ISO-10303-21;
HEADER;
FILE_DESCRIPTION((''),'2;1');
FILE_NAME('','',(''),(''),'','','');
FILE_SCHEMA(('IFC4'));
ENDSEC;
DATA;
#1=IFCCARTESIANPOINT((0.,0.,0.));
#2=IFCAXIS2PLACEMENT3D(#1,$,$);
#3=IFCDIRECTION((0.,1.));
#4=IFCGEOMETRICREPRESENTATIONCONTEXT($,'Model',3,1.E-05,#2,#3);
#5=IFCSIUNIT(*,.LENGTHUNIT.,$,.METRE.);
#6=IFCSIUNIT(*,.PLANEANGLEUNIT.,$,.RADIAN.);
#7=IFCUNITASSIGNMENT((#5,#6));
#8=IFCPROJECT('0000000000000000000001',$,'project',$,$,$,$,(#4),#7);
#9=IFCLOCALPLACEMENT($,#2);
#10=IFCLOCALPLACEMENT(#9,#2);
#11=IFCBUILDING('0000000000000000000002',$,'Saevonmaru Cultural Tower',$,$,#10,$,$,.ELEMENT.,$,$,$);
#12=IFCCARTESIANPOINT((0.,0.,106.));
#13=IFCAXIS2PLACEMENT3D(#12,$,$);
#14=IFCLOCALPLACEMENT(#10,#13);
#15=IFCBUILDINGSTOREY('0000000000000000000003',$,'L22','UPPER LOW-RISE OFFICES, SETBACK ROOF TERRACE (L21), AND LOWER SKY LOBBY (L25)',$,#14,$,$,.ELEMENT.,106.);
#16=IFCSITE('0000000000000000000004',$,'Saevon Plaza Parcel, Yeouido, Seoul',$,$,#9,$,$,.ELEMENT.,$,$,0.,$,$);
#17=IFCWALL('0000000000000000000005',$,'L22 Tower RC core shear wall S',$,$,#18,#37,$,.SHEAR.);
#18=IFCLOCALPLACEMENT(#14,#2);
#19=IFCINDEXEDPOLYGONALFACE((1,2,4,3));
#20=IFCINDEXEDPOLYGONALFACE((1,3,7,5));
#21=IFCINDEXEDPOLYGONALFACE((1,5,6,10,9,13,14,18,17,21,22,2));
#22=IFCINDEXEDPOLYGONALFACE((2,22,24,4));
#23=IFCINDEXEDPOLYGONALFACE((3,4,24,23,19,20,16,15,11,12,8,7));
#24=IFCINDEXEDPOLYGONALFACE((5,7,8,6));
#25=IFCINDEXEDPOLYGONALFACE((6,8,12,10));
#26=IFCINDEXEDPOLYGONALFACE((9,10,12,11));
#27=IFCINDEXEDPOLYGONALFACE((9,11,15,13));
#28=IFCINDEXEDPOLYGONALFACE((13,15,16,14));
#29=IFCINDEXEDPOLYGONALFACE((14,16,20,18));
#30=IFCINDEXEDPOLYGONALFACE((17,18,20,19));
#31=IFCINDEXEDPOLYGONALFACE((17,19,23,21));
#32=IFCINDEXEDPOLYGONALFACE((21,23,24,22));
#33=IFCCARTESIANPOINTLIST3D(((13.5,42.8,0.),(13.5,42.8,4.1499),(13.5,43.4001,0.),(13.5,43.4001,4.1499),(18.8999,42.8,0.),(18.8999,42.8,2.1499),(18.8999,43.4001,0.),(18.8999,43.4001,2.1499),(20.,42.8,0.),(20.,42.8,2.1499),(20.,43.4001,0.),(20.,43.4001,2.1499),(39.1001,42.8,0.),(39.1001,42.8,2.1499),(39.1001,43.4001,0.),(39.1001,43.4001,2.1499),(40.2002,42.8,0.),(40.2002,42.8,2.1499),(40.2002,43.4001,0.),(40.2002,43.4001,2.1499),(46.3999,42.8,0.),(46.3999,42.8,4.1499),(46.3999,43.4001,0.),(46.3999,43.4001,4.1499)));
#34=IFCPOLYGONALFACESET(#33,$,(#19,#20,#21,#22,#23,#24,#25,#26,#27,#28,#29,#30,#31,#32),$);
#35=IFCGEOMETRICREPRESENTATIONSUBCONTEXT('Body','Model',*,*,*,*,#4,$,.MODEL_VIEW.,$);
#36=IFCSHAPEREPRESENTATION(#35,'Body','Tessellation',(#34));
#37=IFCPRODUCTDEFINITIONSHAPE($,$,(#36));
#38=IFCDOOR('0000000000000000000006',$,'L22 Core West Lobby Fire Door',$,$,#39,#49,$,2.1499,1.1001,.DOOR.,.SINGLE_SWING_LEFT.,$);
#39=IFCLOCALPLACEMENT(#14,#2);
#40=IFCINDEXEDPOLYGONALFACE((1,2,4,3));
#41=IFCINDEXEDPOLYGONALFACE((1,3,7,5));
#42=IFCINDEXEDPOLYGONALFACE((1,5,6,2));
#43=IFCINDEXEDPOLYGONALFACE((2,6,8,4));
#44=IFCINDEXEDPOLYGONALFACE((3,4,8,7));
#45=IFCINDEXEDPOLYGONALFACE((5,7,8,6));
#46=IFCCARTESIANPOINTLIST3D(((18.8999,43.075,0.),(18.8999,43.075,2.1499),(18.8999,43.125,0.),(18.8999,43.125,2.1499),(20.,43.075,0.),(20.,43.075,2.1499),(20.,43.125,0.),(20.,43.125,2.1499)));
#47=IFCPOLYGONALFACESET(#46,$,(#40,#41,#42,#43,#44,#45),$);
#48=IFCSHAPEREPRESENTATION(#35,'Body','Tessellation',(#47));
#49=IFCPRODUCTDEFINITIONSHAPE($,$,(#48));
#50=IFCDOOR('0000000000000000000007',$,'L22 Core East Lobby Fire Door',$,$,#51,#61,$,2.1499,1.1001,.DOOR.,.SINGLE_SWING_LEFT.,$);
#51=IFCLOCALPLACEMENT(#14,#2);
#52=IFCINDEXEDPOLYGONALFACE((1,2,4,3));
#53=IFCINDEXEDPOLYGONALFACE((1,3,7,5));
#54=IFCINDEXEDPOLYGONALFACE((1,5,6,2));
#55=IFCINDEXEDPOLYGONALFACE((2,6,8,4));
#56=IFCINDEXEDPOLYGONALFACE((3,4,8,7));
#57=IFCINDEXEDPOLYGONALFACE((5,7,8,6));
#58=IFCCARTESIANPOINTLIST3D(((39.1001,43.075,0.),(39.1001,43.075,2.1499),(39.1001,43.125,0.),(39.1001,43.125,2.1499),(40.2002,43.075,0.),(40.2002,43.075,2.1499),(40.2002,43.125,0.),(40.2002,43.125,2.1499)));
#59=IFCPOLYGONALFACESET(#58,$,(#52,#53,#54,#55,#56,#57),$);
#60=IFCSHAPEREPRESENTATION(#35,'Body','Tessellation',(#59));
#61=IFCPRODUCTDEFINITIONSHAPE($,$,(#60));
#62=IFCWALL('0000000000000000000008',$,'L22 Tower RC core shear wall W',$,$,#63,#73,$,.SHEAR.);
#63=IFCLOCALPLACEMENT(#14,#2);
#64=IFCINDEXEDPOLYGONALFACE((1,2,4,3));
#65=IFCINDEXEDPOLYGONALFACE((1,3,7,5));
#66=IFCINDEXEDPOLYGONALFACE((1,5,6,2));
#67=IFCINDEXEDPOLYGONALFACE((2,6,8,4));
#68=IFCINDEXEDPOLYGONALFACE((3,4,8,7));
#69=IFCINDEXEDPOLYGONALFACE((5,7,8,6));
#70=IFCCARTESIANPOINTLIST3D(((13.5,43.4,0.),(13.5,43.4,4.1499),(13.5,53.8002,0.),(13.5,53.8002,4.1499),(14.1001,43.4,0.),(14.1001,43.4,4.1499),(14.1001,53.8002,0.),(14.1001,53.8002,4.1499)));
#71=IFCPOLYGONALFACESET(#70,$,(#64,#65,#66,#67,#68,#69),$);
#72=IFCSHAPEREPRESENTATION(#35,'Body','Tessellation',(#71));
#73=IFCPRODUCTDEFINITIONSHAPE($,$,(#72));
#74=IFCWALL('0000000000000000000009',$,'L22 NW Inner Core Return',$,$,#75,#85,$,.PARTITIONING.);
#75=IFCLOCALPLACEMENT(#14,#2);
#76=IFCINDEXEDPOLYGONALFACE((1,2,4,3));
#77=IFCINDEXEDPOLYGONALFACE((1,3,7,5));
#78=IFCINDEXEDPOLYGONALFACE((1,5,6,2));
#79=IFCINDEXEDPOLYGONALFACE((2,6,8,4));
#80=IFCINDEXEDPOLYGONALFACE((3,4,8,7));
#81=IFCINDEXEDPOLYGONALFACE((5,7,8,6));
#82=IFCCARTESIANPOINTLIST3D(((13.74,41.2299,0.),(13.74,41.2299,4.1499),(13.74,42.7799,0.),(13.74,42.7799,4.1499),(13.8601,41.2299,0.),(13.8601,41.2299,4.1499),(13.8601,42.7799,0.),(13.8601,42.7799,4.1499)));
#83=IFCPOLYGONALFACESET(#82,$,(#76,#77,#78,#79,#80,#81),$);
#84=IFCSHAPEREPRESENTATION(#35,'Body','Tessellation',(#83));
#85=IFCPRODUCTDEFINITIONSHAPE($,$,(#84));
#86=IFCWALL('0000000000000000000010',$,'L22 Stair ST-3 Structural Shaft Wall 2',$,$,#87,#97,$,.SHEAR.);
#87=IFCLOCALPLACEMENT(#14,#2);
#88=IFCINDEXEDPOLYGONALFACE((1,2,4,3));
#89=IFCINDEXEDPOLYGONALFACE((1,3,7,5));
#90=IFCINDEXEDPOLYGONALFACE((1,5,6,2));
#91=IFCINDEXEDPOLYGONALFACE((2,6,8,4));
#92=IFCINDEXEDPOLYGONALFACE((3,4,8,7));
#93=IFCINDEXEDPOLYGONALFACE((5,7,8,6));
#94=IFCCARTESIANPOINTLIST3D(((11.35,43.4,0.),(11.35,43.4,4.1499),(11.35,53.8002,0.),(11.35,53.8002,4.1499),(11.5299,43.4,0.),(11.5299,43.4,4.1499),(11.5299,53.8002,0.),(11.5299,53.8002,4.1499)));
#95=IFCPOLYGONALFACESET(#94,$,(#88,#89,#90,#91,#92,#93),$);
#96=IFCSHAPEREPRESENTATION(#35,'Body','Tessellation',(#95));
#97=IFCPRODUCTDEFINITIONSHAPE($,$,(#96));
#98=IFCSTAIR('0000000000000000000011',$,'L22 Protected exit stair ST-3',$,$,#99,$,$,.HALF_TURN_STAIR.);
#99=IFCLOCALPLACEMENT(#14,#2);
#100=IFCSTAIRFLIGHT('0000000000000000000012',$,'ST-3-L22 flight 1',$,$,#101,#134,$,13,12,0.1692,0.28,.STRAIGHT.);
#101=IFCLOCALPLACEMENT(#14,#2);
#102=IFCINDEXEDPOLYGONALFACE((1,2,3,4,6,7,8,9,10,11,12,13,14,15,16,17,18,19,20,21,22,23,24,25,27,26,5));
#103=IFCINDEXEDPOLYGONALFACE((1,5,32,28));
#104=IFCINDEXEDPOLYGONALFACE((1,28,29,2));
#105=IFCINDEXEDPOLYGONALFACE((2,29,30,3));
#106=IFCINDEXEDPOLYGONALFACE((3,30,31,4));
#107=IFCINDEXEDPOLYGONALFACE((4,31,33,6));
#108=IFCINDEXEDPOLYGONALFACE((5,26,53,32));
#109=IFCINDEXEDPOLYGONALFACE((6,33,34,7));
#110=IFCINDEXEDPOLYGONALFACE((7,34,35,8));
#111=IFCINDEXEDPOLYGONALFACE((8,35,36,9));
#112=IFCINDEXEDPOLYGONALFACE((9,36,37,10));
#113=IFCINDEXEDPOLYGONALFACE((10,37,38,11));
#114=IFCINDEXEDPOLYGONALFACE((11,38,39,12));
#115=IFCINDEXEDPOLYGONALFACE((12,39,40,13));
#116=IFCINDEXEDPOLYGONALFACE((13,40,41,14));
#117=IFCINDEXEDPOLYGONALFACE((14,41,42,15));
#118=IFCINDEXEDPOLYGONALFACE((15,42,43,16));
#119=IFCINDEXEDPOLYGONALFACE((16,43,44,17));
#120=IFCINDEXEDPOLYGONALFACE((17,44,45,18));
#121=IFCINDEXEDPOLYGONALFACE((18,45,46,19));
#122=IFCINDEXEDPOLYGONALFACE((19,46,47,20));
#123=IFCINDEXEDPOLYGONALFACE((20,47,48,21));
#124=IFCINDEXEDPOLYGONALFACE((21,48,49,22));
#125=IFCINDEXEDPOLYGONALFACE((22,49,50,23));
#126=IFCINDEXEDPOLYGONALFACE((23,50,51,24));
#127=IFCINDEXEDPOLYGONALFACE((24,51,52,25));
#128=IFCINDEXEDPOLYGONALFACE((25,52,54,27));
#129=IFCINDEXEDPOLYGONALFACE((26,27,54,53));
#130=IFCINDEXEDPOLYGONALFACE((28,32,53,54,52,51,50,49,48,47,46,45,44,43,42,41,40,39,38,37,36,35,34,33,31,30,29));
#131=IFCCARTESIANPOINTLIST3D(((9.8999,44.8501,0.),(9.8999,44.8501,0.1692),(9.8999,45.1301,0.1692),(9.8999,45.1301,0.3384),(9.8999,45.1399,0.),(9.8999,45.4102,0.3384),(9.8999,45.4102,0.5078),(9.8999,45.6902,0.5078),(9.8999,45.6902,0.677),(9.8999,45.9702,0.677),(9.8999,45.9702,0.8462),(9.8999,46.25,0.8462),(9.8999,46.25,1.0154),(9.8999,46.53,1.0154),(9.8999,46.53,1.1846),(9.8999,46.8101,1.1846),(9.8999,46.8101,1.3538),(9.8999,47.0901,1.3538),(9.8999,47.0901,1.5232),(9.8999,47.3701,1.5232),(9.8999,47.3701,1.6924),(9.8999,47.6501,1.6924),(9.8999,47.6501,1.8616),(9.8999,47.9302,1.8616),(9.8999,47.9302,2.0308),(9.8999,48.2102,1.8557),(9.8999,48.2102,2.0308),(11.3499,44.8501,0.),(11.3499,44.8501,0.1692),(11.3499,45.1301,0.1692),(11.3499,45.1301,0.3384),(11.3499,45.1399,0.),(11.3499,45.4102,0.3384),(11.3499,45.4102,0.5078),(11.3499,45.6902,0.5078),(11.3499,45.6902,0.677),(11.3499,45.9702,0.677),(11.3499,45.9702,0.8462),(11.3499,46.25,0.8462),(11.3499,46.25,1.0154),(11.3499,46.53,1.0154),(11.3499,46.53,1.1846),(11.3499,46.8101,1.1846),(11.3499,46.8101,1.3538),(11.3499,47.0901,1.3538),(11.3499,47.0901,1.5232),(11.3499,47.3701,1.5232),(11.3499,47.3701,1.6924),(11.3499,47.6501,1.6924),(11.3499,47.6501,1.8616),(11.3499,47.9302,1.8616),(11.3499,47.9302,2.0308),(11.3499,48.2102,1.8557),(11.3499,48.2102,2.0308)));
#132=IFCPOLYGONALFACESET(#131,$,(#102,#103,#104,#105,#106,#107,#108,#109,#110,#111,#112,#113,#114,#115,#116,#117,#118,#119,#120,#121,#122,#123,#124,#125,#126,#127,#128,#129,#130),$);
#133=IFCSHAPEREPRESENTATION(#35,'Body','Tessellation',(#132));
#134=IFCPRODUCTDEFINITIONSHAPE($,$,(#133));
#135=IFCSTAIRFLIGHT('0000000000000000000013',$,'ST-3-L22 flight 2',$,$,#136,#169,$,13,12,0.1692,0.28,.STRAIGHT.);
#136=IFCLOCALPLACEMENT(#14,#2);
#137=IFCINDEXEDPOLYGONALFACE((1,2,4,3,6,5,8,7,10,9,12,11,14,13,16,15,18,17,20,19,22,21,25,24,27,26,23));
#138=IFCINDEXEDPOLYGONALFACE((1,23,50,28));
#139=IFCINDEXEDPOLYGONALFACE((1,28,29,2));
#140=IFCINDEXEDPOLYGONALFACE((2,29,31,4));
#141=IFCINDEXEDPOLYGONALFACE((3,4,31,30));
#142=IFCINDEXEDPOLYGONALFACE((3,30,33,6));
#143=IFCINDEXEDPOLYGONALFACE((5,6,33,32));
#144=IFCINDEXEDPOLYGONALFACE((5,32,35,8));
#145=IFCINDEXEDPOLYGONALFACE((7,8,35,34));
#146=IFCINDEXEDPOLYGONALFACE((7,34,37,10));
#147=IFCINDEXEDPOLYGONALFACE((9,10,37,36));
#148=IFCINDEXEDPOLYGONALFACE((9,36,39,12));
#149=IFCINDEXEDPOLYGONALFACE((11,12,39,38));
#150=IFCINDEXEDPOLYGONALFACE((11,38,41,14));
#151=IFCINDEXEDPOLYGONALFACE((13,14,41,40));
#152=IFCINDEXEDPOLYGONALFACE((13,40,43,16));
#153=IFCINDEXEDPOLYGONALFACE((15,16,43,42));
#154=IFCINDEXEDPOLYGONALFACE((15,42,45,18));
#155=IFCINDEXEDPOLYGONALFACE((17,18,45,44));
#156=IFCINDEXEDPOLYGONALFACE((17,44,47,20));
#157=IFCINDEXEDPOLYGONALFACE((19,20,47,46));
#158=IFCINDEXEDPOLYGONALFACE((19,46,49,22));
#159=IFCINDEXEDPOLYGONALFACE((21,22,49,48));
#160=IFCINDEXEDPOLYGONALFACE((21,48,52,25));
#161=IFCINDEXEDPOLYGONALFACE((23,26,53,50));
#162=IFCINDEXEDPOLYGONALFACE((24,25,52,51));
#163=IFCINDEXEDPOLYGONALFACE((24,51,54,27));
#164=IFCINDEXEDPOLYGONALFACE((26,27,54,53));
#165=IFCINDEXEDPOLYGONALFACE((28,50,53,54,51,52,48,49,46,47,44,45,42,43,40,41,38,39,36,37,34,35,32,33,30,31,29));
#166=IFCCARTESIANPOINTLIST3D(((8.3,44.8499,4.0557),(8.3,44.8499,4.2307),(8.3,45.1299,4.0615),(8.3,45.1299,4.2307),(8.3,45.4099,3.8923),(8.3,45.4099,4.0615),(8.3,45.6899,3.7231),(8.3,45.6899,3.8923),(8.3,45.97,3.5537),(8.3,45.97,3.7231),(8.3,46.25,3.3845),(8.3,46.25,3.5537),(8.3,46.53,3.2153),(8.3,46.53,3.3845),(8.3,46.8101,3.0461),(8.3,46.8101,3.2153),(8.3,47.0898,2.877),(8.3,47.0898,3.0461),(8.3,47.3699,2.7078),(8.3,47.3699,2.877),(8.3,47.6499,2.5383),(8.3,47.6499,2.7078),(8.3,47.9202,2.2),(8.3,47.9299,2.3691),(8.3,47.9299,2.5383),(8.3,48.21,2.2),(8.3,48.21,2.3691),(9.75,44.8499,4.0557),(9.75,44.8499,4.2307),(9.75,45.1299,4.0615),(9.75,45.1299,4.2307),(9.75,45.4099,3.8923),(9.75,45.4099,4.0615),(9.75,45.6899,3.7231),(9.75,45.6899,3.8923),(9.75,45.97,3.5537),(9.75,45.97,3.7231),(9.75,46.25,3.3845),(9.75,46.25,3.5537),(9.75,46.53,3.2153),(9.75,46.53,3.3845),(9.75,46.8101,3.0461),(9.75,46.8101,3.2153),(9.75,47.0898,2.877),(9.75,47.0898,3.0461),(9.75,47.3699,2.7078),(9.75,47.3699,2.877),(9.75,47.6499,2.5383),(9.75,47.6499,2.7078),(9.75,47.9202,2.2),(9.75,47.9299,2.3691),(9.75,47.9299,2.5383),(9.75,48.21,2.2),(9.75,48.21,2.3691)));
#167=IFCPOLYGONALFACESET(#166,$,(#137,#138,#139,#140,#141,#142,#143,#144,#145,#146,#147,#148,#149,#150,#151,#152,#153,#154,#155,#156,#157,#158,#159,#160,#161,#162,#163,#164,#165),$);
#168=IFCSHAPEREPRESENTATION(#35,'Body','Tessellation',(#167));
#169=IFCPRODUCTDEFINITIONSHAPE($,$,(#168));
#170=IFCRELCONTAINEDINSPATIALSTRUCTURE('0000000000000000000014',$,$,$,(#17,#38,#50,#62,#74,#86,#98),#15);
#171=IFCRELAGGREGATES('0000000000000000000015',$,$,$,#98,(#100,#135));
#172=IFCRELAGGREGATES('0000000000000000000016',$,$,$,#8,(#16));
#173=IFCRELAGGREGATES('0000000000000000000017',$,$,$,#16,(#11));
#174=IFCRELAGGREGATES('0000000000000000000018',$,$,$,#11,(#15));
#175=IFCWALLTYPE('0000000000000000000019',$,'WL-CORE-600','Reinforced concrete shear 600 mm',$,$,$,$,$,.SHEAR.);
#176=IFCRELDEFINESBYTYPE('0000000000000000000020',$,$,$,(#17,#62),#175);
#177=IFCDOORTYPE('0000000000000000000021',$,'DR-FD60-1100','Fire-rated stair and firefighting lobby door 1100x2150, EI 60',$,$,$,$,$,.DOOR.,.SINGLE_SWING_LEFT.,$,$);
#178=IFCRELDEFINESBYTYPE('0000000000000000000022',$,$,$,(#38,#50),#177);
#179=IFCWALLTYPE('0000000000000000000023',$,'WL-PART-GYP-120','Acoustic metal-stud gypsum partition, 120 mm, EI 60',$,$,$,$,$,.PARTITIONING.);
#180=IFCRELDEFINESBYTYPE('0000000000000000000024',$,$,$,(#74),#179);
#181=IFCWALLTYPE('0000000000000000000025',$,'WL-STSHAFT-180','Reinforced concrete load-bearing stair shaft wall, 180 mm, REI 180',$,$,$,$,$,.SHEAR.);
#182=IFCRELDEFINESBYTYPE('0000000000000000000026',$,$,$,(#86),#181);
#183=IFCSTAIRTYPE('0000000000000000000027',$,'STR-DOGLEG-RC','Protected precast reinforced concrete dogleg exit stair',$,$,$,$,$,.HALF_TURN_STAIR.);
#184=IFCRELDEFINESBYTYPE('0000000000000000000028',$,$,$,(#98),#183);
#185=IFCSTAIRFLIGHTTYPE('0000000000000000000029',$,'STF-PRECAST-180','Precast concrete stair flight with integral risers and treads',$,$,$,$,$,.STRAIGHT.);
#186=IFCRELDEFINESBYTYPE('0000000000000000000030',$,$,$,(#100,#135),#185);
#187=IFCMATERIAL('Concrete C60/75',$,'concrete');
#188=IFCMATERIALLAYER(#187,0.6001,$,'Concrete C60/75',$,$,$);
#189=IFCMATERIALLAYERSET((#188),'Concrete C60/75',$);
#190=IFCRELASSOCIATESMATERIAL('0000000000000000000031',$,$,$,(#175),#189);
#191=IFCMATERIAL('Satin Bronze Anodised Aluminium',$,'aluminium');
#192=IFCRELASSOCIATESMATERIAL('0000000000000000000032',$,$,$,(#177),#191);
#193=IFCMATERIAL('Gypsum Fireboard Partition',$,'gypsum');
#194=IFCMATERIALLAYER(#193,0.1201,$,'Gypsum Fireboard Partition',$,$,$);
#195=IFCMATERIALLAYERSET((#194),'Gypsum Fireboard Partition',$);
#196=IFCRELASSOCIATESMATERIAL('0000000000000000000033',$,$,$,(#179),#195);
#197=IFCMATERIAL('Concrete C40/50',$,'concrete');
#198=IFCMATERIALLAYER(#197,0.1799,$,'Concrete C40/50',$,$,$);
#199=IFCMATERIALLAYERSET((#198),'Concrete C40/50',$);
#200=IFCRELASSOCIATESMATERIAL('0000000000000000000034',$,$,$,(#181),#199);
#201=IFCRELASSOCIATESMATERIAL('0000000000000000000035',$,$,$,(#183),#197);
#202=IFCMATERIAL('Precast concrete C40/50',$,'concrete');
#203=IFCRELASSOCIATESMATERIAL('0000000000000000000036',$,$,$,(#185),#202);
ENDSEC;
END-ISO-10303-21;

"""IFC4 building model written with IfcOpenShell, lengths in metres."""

from ifc_helpers import new_model, si_unit, direction, frame, frame_2d, origin, place, context, subcontext, project, spatial, polyline, rectangle, outline, extrude, material, layer, layer_set, type_object, element, fill, aggregate, save


model = new_model("IFC4")

# Units and contexts
model_context = context("Model", 3, precision=1e-05, world=origin(), true_north=direction((0.0, 1.0)))
body_context = subcontext(model_context, "Body", "Model", "MODEL_VIEW")
ifc_project = project(units=[si_unit("LENGTHUNIT", "METRE"), si_unit("PLANEANGLEUNIT", "RADIAN")], contexts=[model_context])

# Site, building, storey
site_placement = place(None, origin())
site = spatial("IfcSite", under=ifc_project, at=site_placement, Name="Saevon Plaza Parcel, Yeouido, Seoul", CompositionType="ELEMENT", RefElevation=0.0)
building_placement = place(site_placement, origin())
building = spatial("IfcBuilding", under=site, at=building_placement, Name="Saevonmaru Cultural Tower", CompositionType="ELEMENT")
storey_placement = place(building_placement, frame((0.0, 0.0, 106.0)))
storey = spatial("IfcBuildingStorey", under=building, at=storey_placement, Name="L22", Description="UPPER LOW-RISE OFFICES, SETBACK ROOF TERRACE (L21), AND LOWER SKY LOBBY (L25)", CompositionType="ELEMENT", Elevation=106.0)

# Shared definitions
ifc_material_1 = material(Name="Satin Bronze Anodised Aluminium", Category="aluminium")

# Wall, openings, doors
ifc_material_2 = material(Name="Concrete C60/75", Category="concrete")
ifc_layer_1 = layer(ifc_material_2, 0.6001, Name="Concrete C60/75")
ifc_layer_set_1 = layer_set([ifc_layer_1], Name="Concrete C60/75")
wall_type_1 = type_object("IfcWallType", Name="WL-CORE-600", Description="Reinforced concrete shear 600 mm", PredefinedType="SHEAR", material=ifc_layer_set_1)
wall_1_placement = place(storey_placement, frame((13.5, 43.1001, 0.0), z_axis=(0.0, 0.0, 1.0), x_axis=(1.0, 0.0, 0.0)))
wall_1 = element("IfcWall", 1, at=wall_1_placement, inside=storey, type_object=wall_type_1, Name="L22 Tower RC core shear wall S", PredefinedType="SHEAR", context=body_context, shape_type="SweptSolid", body=[
    extrude(rectangle(XDim=32.8999, YDim=0.6001, at=frame_2d((16.45, 0.0))), origin(), (0.0, 0.0, 1.0), 4.1499),
])
opening_1_placement = place(wall_1_placement, frame((5.3999, 0.0, 0.0)))
opening_1 = element("IfcOpeningElement", 2, at=opening_1_placement, cuts=wall_1, PredefinedType="OPENING", context=body_context, shape_type="SweptSolid", body=[
    extrude(rectangle(XDim=1.1001, YDim=2.1499, at=frame_2d((0.55, 1.075))), frame((0.0, 0.3101, 0.0), z_axis=(0.0, -1.0, 0.0), x_axis=(1.0, 0.0, 0.0)), (0.0, 0.0, 1.0), 0.6201),
])
opening_2_placement = place(wall_1_placement, frame((25.6001, 0.0, 0.0)))
opening_2 = element("IfcOpeningElement", 3, at=opening_2_placement, cuts=wall_1, PredefinedType="OPENING", context=body_context, shape_type="SweptSolid", body=[
    extrude(rectangle(XDim=1.1001, YDim=2.1499, at=frame_2d((0.55, 1.075))), frame((0.0, 0.3101, 0.0), z_axis=(0.0, -1.0, 0.0), x_axis=(1.0, 0.0, 0.0)), (0.0, 0.0, 1.0), 0.6201),
])
door_type = type_object("IfcDoorType", Name="DR-FD60-1100", Description="Fire-rated stair and firefighting lobby door 1100x2150, EI 60", OperationType="SINGLE_SWING_LEFT", PredefinedType="DOOR", material=ifc_material_1)
door_1_placement = place(opening_1_placement, origin())
door_1 = element("IfcDoor", 4, at=door_1_placement, inside=storey, type_object=door_type, Name="L22 Core West Lobby Fire Door", OperationType="SINGLE_SWING_LEFT", OverallHeight=2.1499, OverallWidth=1.1001, PredefinedType="DOOR", context=body_context, shape_type="SweptSolid", body=[
    extrude(rectangle(XDim=1.1001, YDim=2.1499, at=frame_2d((0.55, 1.075))), frame((0.0, 0.0249, 0.0), z_axis=(0.0, -1.0, 0.0), x_axis=(1.0, 0.0, 0.0)), (0.0, 0.0, 1.0), 0.05),
])
fill(opening_1, door_1)
door_2_placement = place(opening_2_placement, origin())
door_2 = element("IfcDoor", 5, at=door_2_placement, inside=storey, type_object=door_type, Name="L22 Core East Lobby Fire Door", OperationType="SINGLE_SWING_LEFT", OverallHeight=2.1499, OverallWidth=1.1001, PredefinedType="DOOR", context=body_context, shape_type="SweptSolid", body=[
    extrude(rectangle(XDim=1.1001, YDim=2.1499, at=frame_2d((0.55, 1.075))), frame((0.0, 0.0249, 0.0), z_axis=(0.0, -1.0, 0.0), x_axis=(1.0, 0.0, 0.0)), (0.0, 0.0, 1.0), 0.05),
])
fill(opening_2, door_2)

# Walls
wall_2_placement = place(storey_placement, frame((13.8, 43.3999, 0.0), z_axis=(0.0, 0.0, 1.0), x_axis=(0.0, 1.0, 0.0)))
element("IfcWall", 6, at=wall_2_placement, inside=storey, type_object=wall_type_1, Name="L22 Tower RC core shear wall W", PredefinedType="SHEAR", context=body_context, shape_type="SweptSolid", body=[
    extrude(rectangle(XDim=10.4001, YDim=0.6001, at=frame_2d((5.2002, 0.0))), origin(), (0.0, 0.0, 1.0), 4.1499),
])
ifc_material_3 = material(Name="Gypsum Fireboard Partition", Category="gypsum")
ifc_layer_2 = layer(ifc_material_3, 0.1201, Name="Gypsum Fireboard Partition")
ifc_layer_set_2 = layer_set([ifc_layer_2], Name="Gypsum Fireboard Partition")
wall_type_2 = type_object("IfcWallType", Name="WL-PART-GYP-120", Description="Acoustic metal-stud gypsum partition, 120 mm, EI 60", PredefinedType="PARTITIONING", material=ifc_layer_set_2)
wall_3_placement = place(storey_placement, frame((13.8, 41.23, 0.0), z_axis=(0.0, 0.0, 1.0), x_axis=(0.0, 1.0, 0.0)))
element("IfcWall", 7, at=wall_3_placement, inside=storey, type_object=wall_type_2, Name="L22 NW Inner Core Return", PredefinedType="PARTITIONING", context=body_context, shape_type="SweptSolid", body=[
    extrude(rectangle(XDim=1.55, YDim=0.1201, at=frame_2d((0.7749, 0.0))), origin(), (0.0, 0.0, 1.0), 4.1499),
])

# Shared definitions
ifc_material_4 = material(Name="Concrete C40/50", Category="concrete")
ifc_layer_3 = layer(ifc_material_4, 0.1799, Name="Concrete C40/50")
ifc_layer_set_3 = layer_set([ifc_layer_3], Name="Concrete C40/50")
wall_type_3 = type_object("IfcWallType", Name="WL-STSHAFT-180", Description="Reinforced concrete load-bearing stair shaft wall, 180 mm, REI 180", PredefinedType="SHEAR", material=ifc_layer_set_3)

# Wall
wall_4_placement = place(storey_placement, frame((11.4399, 43.3999, 0.0), z_axis=(0.0, 0.0, 1.0), x_axis=(0.0, 1.0, 0.0)))
element("IfcWall", 8, at=wall_4_placement, inside=storey, type_object=wall_type_3, Name="L22 Stair ST-3 Structural Shaft Wall 2", PredefinedType="SHEAR", context=body_context, shape_type="SweptSolid", body=[
    extrude(rectangle(XDim=10.4001, YDim=0.1799, at=frame_2d((5.2002, 0.0))), origin(), (0.0, 0.0, 1.0), 4.1499),
])

# Stair, stair flights
stair_type = type_object("IfcStairType", Name="STR-DOGLEG-RC", Description="Protected precast reinforced concrete dogleg exit stair", PredefinedType="HALF_TURN_STAIR", material=ifc_material_4)
stair_placement = place(storey_placement, origin())
stair = element("IfcStair", 9, at=stair_placement, inside=storey, type_object=stair_type, Name="L22 Protected exit stair ST-3", PredefinedType="HALF_TURN_STAIR")
ifc_material_5 = material(Name="Precast concrete C40/50", Category="concrete")
stair_flight_type = type_object("IfcStairFlightType", Name="STF-PRECAST-180", Description="Precast concrete stair flight with integral risers and treads", PredefinedType="STRAIGHT", material=ifc_material_5)
stair_flight_1_placement = place(storey_placement, frame((10.625, 44.8501, 0.0), z_axis=(0.0, 0.0, 1.0), x_axis=(0.0, 1.0, 0.0)))
stair_flight_1 = element("IfcStairFlight", 10, at=stair_flight_1_placement, type_object=stair_flight_type, Name="ST-3-L22 flight 1", NumberOfRisers=13, NumberOfTreads=12, PredefinedType="STRAIGHT", RiserHeight=0.1692, TreadLength=0.28, context=body_context, shape_type="SweptSolid", body=[
    extrude(outline(polyline([(0.0, 0.0), (0.0, 0.1692), (0.28, 0.1692), (0.28, 0.3384), (0.5601, 0.3384), (0.5601, 0.5078), (0.8401, 0.5078), (0.8401, 0.677), (1.1201, 0.677), (1.1201, 0.8462), (1.3999, 0.8462), (1.3999, 1.0154), (1.6799, 1.0154), (1.6799, 1.1846), (1.96, 1.1846), (1.96, 1.3538), (2.24, 1.3538), (2.24, 1.5232), (2.52, 1.5232), (2.52, 1.6924), (2.8, 1.6924), (2.8, 1.8616), (3.0801, 1.8616), (3.0801, 2.0308), (3.3601, 2.0308), (3.3601, 2.2), (3.3601, 1.8557), (0.2898, 0.0), (0.0, 0.0)])), frame((0.0, 0.7251, 0.0), z_axis=(0.0, -1.0, 0.0), x_axis=(1.0, 0.0, 0.0)), (0.0, 0.0, 1.0), 1.45),
])
stair_flight_2_placement = place(storey_placement, frame((9.0249, 48.21, 2.2), z_axis=(0.0, 0.0, 1.0), x_axis=(0.0, -1.0, 0.0)))
stair_flight_2 = element("IfcStairFlight", 11, at=stair_flight_2_placement, type_object=stair_flight_type, Name="ST-3-L22 flight 2", NumberOfRisers=13, NumberOfTreads=12, PredefinedType="STRAIGHT", RiserHeight=0.1692, TreadLength=0.28, context=body_context, shape_type="SweptSolid", body=[
    extrude(outline(polyline([(0.0, 0.0), (0.0, 0.1692), (0.28, 0.1692), (0.28, 0.3384), (0.5601, 0.3384), (0.5601, 0.5078), (0.8401, 0.5078), (0.8401, 0.677), (1.1201, 0.677), (1.1201, 0.8462), (1.3999, 0.8462), (1.3999, 1.0154), (1.6799, 1.0154), (1.6799, 1.1846), (1.96, 1.1846), (1.96, 1.3538), (2.24, 1.3538), (2.24, 1.5232), (2.52, 1.5232), (2.52, 1.6924), (2.8, 1.6924), (2.8, 1.8616), (3.0801, 1.8616), (3.0801, 2.0308), (3.3601, 2.0308), (3.3601, 2.2), (3.3601, 1.8557), (0.2898, 0.0), (0.0, 0.0)])), frame((0.0, 0.7251, 0.0), z_axis=(0.0, -1.0, 0.0), x_axis=(1.0, 0.0, 0.0)), (0.0, 0.0, 1.0), 1.45),
])
aggregate(stair, [stair_flight_1, stair_flight_2])

save(model, "model.ifc")
